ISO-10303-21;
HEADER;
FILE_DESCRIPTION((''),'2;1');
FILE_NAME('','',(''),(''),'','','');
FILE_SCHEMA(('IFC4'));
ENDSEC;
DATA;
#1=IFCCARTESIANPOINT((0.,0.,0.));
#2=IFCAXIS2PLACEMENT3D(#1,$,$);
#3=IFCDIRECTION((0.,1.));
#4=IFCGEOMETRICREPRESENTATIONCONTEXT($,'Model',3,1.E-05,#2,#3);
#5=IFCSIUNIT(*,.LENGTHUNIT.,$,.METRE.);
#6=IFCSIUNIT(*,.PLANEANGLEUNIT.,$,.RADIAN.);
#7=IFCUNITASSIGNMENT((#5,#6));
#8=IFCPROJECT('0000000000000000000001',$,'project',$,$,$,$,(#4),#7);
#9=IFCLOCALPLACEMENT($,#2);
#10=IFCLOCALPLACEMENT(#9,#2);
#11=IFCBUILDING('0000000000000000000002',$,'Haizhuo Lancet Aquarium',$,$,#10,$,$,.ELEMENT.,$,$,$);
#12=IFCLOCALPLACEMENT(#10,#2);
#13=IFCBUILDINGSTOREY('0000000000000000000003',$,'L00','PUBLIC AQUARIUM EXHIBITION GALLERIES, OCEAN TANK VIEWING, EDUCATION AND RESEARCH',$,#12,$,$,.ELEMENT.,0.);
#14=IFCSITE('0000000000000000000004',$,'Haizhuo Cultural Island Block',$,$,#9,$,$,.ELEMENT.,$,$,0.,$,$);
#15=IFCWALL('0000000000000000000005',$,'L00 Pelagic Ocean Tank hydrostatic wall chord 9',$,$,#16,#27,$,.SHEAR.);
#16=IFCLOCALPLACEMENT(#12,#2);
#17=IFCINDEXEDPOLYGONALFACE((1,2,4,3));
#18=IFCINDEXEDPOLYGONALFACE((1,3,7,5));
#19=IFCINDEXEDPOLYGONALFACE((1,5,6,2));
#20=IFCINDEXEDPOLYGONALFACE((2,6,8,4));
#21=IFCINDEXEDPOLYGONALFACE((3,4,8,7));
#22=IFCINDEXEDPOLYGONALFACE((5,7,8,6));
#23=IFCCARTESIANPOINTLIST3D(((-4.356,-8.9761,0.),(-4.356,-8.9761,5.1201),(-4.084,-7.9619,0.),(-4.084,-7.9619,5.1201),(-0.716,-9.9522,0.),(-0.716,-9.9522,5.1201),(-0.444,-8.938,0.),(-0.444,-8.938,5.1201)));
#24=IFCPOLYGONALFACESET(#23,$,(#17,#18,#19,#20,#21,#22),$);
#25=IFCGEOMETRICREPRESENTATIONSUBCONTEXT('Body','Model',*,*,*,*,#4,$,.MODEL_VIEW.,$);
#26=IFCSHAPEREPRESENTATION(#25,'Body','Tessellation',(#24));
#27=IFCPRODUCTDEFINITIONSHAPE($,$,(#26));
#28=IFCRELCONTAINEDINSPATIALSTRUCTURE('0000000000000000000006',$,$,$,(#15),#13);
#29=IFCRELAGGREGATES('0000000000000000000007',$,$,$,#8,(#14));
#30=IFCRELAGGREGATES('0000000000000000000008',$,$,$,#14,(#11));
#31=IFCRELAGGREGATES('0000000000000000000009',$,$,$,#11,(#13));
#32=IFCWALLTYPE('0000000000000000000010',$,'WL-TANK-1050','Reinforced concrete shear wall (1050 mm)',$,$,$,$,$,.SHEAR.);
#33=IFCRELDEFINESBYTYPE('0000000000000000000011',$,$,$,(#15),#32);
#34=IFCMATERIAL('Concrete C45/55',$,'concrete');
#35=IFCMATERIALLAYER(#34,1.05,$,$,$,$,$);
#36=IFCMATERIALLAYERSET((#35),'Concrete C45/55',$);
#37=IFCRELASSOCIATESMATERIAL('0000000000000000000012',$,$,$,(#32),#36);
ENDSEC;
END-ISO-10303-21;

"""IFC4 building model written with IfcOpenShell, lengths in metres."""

from ifc_helpers import new_model, si_unit, direction, frame, frame_2d, origin, place, context, subcontext, project, spatial, rectangle, extrude, material, layer, layer_set, type_object, element, save


model = new_model("IFC4")

# Units and contexts
model_context = context("Model", 3, precision=1e-05, world=origin(), true_north=direction((0.0, 1.0)))
body_context = subcontext(model_context, "Body", "Model", "MODEL_VIEW")
ifc_project = project(units=[si_unit("LENGTHUNIT", "METRE"), si_unit("PLANEANGLEUNIT", "RADIAN")], contexts=[model_context])

# Site, building, storey
site_placement = place(None, origin())
site = spatial("IfcSite", under=ifc_project, at=site_placement, Name="Haizhuo Cultural Island Block", CompositionType="ELEMENT", RefElevation=0.0)
building_placement = place(site_placement, origin())
building = spatial("IfcBuilding", under=site, at=building_placement, Name="Haizhuo Lancet Aquarium", CompositionType="ELEMENT")
storey_placement = place(building_placement, origin())
storey = spatial("IfcBuildingStorey", under=building, at=storey_placement, Name="L00", Description="PUBLIC AQUARIUM EXHIBITION GALLERIES, OCEAN TANK VIEWING, EDUCATION AND RESEARCH", CompositionType="ELEMENT", Elevation=0.0)

# Wall
ifc_material_1 = material(Name="Concrete C45/55", Category="concrete")
ifc_layer_1 = layer(ifc_material_1, 1.05)
ifc_layer_set_1 = layer_set([ifc_layer_1], Name="Concrete C45/55")
wall_type_1 = type_object("IfcWallType", Name="WL-TANK-1050", Description="Reinforced concrete shear wall (1050 mm)", PredefinedType="SHEAR", material=ifc_layer_set_1)
wall_1_placement = place(storey_placement, frame((-4.22, -8.469, 0.0), z_axis=(0.0, 0.0, 1.0), x_axis=(0.965875, -0.259009, 0.0)))
element("IfcWall", 1, at=wall_1_placement, inside=storey, type_object=wall_type_1, Name="L00 Pelagic Ocean Tank hydrostatic wall chord 9", PredefinedType="SHEAR", context=body_context, shape_type="SweptSolid", body=[
    extrude(rectangle(XDim=3.7686, YDim=1.05, at=frame_2d((1.8843, 0.0))), origin(), (0.0, 0.0, 1.0), 5.1201),
])

save(model, "model.ifc")
